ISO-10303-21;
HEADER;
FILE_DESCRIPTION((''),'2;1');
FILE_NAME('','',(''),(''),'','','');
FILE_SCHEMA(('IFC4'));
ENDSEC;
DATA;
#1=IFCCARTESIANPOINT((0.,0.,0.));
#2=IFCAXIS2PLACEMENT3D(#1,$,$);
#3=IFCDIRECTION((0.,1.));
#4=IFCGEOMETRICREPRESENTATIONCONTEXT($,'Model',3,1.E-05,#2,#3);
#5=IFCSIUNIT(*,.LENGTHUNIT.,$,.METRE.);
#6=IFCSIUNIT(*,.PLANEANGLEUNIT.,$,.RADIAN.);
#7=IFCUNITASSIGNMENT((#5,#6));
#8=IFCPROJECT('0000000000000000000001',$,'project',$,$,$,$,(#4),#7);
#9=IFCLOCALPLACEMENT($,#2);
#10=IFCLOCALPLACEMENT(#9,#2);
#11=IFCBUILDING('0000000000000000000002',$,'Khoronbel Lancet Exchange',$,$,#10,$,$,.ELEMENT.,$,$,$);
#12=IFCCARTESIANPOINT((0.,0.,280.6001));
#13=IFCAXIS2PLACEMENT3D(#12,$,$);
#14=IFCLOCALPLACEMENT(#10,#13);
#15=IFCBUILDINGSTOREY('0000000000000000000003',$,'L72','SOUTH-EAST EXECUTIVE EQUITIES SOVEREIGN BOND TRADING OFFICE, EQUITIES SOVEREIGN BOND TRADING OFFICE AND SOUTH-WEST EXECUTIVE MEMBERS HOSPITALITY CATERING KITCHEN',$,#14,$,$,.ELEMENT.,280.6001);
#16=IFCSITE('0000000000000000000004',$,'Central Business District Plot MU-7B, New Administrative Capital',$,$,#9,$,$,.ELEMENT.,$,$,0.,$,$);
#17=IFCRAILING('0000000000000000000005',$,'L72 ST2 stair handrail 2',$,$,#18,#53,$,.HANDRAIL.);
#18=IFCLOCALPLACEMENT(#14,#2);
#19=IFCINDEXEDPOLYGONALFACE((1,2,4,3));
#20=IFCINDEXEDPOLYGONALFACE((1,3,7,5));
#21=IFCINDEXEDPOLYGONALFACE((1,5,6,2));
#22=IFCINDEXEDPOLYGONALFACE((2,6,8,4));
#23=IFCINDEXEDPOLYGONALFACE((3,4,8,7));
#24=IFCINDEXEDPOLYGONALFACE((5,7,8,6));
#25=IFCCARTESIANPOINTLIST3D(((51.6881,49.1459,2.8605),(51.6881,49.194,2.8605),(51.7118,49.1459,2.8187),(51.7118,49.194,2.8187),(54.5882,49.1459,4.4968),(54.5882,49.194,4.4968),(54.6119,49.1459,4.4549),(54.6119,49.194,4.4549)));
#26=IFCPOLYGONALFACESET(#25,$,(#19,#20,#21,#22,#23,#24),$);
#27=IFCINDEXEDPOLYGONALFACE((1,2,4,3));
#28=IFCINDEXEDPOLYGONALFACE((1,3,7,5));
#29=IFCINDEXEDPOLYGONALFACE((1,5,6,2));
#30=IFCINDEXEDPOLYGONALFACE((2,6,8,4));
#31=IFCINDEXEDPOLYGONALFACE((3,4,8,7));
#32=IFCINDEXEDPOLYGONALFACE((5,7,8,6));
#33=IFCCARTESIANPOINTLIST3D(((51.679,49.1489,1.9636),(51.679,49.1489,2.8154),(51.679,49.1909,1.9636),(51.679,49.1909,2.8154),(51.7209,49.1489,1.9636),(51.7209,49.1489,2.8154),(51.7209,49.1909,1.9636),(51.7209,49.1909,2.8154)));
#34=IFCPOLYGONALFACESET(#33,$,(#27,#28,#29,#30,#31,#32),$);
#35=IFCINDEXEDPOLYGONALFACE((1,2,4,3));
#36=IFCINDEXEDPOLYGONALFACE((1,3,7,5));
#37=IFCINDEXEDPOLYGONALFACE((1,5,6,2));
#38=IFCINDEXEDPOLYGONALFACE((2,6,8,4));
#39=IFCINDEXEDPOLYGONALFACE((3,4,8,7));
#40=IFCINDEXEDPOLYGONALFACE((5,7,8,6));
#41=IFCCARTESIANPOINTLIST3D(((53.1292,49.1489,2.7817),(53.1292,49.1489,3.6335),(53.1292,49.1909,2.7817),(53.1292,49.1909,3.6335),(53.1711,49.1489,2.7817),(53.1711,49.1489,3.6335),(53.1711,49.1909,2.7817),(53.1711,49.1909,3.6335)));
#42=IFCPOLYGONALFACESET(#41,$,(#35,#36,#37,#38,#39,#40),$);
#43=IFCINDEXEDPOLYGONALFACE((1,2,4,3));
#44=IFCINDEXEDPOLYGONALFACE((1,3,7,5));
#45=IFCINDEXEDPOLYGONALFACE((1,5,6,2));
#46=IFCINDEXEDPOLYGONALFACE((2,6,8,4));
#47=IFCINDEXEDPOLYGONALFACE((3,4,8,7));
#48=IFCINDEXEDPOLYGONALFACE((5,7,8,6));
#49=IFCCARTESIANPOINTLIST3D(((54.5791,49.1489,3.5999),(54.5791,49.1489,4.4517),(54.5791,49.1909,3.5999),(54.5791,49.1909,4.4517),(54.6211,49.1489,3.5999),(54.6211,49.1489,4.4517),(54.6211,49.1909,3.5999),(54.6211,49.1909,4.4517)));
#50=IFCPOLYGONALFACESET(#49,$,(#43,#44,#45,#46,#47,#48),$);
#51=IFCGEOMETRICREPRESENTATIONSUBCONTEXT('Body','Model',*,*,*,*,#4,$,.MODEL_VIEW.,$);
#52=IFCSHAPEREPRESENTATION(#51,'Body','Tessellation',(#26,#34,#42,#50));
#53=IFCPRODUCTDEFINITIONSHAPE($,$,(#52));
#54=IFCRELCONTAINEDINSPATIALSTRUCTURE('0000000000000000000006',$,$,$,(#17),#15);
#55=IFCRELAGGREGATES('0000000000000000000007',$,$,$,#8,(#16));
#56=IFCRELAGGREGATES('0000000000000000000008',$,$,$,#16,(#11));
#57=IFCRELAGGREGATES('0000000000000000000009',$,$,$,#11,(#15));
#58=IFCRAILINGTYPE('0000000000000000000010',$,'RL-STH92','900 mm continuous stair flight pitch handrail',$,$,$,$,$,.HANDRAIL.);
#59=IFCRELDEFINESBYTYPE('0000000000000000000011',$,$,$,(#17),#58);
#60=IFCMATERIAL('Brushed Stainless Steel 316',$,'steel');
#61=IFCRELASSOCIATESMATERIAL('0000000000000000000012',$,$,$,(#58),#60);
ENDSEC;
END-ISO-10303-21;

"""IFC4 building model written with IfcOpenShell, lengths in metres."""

from ifc_helpers import new_model, si_unit, direction, frame, origin, origin_2d, place, context, subcontext, project, spatial, rectangle, extrude, material, type_object, element, save


model = new_model("IFC4")

# Units and contexts
model_context = context("Model", 3, precision=1e-05, world=origin(), true_north=direction((0.0, 1.0)))
body_context = subcontext(model_context, "Body", "Model", "MODEL_VIEW")
ifc_project = project(units=[si_unit("LENGTHUNIT", "METRE"), si_unit("PLANEANGLEUNIT", "RADIAN")], contexts=[model_context])

# Site, building, storey
site_placement = place(None, origin())
site = spatial("IfcSite", under=ifc_project, at=site_placement, Name="Central Business District Plot MU-7B, New Administrative Capital", CompositionType="ELEMENT", RefElevation=0.0)
building_placement = place(site_placement, origin())
building = spatial("IfcBuilding", under=site, at=building_placement, Name="Khoronbel Lancet Exchange", CompositionType="ELEMENT")
storey_placement = place(building_placement, frame((0.0, 0.0, 280.6001)))
storey = spatial("IfcBuildingStorey", under=building, at=storey_placement, Name="L72", Description="SOUTH-EAST EXECUTIVE EQUITIES SOVEREIGN BOND TRADING OFFICE, EQUITIES SOVEREIGN BOND TRADING OFFICE AND SOUTH-WEST EXECUTIVE MEMBERS HOSPITALITY CATERING KITCHEN", CompositionType="ELEMENT", Elevation=280.6001)

# Railing
ifc_material_1 = material(Name="Brushed Stainless Steel 316", Category="steel")
railing_type_1 = type_object("IfcRailingType", Name="RL-STH92", Description="900 mm continuous stair flight pitch handrail", PredefinedType="HANDRAIL", material=ifc_material_1)
railing_1_placement = place(storey_placement, frame((51.7, 49.1699, 1.9636)))
element("IfcRailing", 1, at=railing_1_placement, inside=storey, type_object=railing_type_1, Name="L72 ST2 stair handrail 2", PredefinedType="HANDRAIL", context=body_context, shape_type="SweptSolid", body=[
    extrude(rectangle(XDim=0.0481, YDim=0.0481, at=origin_2d()), frame((0.0, 0.0, 0.876), z_axis=(0.870946, 0.0, 0.491378), x_axis=(0.0, 1.0, 0.0)), (0.0, 0.0, 1.0), 3.3298),
    extrude(rectangle(XDim=0.042, YDim=0.042, at=origin_2d()), origin(), (0.0, 0.0, 1.0), 0.8518),
    extrude(rectangle(XDim=0.042, YDim=0.042, at=origin_2d()), frame((1.4502, 0.0, 0.8181)), (0.0, 0.0, 1.0), 0.8518),
    extrude(rectangle(XDim=0.042, YDim=0.042, at=origin_2d()), frame((2.9001, 0.0, 1.6362)), (0.0, 0.0, 1.0), 0.8518),
])

save(model, "model.ifc")
